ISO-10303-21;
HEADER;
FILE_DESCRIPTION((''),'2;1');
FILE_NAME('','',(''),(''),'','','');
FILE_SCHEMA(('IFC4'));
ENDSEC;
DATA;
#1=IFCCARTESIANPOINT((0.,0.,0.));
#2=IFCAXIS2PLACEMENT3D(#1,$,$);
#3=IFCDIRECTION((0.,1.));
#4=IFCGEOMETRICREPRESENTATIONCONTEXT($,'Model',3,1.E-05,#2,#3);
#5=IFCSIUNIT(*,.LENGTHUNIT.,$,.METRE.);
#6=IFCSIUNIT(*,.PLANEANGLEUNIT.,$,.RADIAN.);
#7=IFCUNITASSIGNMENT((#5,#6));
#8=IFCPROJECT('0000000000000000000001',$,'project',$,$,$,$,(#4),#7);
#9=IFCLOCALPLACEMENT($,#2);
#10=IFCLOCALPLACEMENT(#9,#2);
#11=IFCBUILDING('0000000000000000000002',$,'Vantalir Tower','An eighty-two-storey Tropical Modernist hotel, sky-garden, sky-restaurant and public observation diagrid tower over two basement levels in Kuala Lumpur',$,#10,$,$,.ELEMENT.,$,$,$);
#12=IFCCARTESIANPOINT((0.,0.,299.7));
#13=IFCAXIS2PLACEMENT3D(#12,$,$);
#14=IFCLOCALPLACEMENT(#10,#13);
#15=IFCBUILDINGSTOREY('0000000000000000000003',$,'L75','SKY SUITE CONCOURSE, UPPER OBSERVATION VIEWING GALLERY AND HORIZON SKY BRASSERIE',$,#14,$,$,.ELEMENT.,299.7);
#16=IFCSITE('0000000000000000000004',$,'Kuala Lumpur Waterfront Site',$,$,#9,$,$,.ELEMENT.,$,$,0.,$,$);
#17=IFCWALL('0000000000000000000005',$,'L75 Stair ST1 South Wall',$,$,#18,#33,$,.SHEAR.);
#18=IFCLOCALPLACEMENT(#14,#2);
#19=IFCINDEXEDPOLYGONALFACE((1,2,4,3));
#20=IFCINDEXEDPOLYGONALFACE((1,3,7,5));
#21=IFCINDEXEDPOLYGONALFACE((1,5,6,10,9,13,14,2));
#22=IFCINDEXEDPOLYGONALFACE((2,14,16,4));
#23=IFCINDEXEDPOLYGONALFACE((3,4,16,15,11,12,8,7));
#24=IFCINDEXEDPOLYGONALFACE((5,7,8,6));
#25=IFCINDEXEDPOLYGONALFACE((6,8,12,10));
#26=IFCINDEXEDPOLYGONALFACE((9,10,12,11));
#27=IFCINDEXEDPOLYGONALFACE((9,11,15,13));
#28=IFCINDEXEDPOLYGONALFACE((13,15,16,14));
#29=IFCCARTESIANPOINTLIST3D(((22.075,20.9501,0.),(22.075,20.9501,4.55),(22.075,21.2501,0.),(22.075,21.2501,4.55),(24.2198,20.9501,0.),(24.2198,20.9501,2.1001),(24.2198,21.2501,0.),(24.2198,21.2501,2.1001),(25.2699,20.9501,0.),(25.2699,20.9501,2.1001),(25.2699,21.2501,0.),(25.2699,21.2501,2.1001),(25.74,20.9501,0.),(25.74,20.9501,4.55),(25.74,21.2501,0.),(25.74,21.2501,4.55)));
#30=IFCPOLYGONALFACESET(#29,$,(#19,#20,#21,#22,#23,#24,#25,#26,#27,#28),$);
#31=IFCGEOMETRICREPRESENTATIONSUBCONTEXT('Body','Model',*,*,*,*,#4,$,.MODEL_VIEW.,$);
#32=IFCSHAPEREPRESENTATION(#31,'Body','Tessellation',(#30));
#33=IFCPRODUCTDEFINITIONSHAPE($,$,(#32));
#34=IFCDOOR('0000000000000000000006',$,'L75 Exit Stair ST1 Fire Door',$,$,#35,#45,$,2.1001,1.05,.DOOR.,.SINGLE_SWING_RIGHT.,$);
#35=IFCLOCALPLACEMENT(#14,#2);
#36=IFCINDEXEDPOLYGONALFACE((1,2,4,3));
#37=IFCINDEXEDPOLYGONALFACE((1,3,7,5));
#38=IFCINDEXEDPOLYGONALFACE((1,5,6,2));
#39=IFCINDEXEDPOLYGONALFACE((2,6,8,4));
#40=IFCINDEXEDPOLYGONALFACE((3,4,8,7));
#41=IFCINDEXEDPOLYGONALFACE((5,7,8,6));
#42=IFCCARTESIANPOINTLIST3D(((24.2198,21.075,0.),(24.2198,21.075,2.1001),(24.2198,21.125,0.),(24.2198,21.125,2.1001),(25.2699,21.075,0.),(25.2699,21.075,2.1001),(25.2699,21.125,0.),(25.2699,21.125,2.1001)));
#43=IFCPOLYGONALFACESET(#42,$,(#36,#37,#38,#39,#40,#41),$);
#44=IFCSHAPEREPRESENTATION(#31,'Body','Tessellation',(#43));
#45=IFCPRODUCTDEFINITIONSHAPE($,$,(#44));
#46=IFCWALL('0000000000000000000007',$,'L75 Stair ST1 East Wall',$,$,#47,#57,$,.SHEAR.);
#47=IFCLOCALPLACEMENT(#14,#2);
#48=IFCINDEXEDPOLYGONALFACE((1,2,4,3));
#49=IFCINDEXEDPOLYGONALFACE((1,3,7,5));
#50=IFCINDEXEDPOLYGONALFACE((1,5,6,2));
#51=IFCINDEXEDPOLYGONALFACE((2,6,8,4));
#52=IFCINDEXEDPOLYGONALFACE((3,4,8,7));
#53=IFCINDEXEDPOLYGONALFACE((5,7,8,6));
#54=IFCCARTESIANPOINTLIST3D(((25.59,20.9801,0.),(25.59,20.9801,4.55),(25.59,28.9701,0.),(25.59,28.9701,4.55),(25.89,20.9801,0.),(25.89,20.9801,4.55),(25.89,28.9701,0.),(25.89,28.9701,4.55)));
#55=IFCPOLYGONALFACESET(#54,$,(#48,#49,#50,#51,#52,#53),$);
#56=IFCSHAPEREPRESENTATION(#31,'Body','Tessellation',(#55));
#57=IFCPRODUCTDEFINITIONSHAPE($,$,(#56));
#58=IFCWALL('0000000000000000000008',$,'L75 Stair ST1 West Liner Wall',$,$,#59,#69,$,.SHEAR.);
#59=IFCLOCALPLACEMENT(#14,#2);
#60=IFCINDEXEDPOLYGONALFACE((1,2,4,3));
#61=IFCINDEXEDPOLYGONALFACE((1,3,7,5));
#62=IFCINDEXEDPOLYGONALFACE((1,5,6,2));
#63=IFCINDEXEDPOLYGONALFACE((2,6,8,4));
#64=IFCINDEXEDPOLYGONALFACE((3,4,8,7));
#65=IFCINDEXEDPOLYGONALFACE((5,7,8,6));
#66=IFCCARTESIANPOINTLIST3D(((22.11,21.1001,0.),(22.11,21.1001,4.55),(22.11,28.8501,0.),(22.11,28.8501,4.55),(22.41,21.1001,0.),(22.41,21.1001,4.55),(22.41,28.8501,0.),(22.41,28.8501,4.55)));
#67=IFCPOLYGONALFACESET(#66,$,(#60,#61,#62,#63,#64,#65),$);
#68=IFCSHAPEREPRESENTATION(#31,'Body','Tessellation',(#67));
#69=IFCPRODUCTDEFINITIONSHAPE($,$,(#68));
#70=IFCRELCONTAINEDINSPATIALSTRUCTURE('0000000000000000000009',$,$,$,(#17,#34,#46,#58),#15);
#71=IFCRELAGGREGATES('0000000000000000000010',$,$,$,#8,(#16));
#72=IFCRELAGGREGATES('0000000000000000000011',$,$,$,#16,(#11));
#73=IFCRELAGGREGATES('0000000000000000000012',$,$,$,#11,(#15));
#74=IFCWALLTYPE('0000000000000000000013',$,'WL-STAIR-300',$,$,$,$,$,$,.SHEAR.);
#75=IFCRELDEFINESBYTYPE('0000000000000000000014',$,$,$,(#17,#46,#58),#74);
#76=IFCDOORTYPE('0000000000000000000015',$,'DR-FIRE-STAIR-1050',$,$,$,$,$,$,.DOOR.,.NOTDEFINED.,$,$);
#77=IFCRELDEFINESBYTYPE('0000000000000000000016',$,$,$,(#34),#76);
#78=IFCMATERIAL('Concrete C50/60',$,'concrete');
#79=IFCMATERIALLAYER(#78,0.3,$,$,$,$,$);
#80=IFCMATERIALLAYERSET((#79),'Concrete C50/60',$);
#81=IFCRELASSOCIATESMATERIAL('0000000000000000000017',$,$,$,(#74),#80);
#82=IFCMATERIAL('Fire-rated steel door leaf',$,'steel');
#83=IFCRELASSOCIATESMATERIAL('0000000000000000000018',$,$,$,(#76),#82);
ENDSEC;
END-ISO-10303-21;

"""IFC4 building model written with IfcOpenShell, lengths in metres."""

from ifc_helpers import new_model, si_unit, direction, frame, frame_2d, origin, place, context, subcontext, project, spatial, rectangle, extrude, material, layer, layer_set, type_object, element, fill, save


model = new_model("IFC4")

# Units and contexts
model_context = context("Model", 3, precision=1e-05, world=origin(), true_north=direction((0.0, 1.0)))
body_context = subcontext(model_context, "Body", "Model", "MODEL_VIEW")
ifc_project = project(units=[si_unit("LENGTHUNIT", "METRE"), si_unit("PLANEANGLEUNIT", "RADIAN")], contexts=[model_context])

# Site, building, storey
site_placement = place(None, origin())
site = spatial("IfcSite", under=ifc_project, at=site_placement, Name="Kuala Lumpur Waterfront Site", CompositionType="ELEMENT", RefElevation=0.0)
building_placement = place(site_placement, origin())
building = spatial("IfcBuilding", under=site, at=building_placement, Name="Vantalir Tower", Description="An eighty-two-storey Tropical Modernist hotel, sky-garden, sky-restaurant and public observation diagrid tower over two basement levels in Kuala Lumpur", CompositionType="ELEMENT")
storey_placement = place(building_placement, frame((0.0, 0.0, 299.7)))
storey = spatial("IfcBuildingStorey", under=building, at=storey_placement, Name="L75", Description="SKY SUITE CONCOURSE, UPPER OBSERVATION VIEWING GALLERY AND HORIZON SKY BRASSERIE", CompositionType="ELEMENT", Elevation=299.7)

# Shared definitions
ifc_material_1 = material(Name="Concrete C50/60", Category="concrete")

# Wall, opening, door
ifc_layer_1 = layer(ifc_material_1, 0.3)
ifc_layer_set_1 = layer_set([ifc_layer_1], Name="Concrete C50/60")
wall_type_1 = type_object("IfcWallType", Name="WL-STAIR-300", PredefinedType="SHEAR", material=ifc_layer_set_1)
wall_1_placement = place(storey_placement, frame((22.075, 21.1001, 0.0), z_axis=(0.0, 0.0, 1.0), x_axis=(1.0, 0.0, 0.0)))
wall_1 = element("IfcWall", 1, at=wall_1_placement, inside=storey, type_object=wall_type_1, Name="L75 Stair ST1 South Wall", PredefinedType="SHEAR", context=body_context, shape_type="SweptSolid", body=[
    extrude(rectangle(XDim=3.665, YDim=0.3, at=frame_2d((1.8325, 0.0))), origin(), (0.0, 0.0, 1.0), 4.55),
])
opening_1_placement = place(wall_1_placement, frame((2.145, 0.0, 0.0)))
opening_1 = element("IfcOpeningElement", 2, at=opening_1_placement, cuts=wall_1, PredefinedType="OPENING", context=body_context, shape_type="SweptSolid", body=[
    extrude(rectangle(XDim=1.05, YDim=2.1001, at=frame_2d((0.5249, 1.05))), frame((0.0, 0.1599, 0.0), z_axis=(0.0, -1.0, 0.0), x_axis=(1.0, 0.0, 0.0)), (0.0, 0.0, 1.0), 0.3201),
])
ifc_material_2 = material(Name="Fire-rated steel door leaf", Category="steel")
door_type_1 = type_object("IfcDoorType", Name="DR-FIRE-STAIR-1050", OperationType="NOTDEFINED", PredefinedType="DOOR", material=ifc_material_2)
door_1_placement = place(opening_1_placement, origin())
door_1 = element("IfcDoor", 3, at=door_1_placement, inside=storey, type_object=door_type_1, Name="L75 Exit Stair ST1 Fire Door", OperationType="SINGLE_SWING_RIGHT", OverallHeight=2.1001, OverallWidth=1.05, PredefinedType="DOOR", context=body_context, shape_type="SweptSolid", body=[
    extrude(rectangle(XDim=1.05, YDim=2.1001, at=frame_2d((0.5249, 1.05))), frame((0.0, 0.0249, 0.0), z_axis=(0.0, -1.0, 0.0), x_axis=(1.0, 0.0, 0.0)), (0.0, 0.0, 1.0), 0.05),
])
fill(opening_1, door_1)

# Walls
wall_2_placement = place(storey_placement, frame((25.74, 20.98, 0.0), z_axis=(0.0, 0.0, 1.0), x_axis=(0.0, 1.0, 0.0)))
element("IfcWall", 4, at=wall_2_placement, inside=storey, type_object=wall_type_1, Name="L75 Stair ST1 East Wall", PredefinedType="SHEAR", context=body_context, shape_type="SweptSolid", body=[
    extrude(rectangle(XDim=7.99, YDim=0.3, at=frame_2d((3.9951, 0.0))), origin(), (0.0, 0.0, 1.0), 4.55),
])
wall_3_placement = place(storey_placement, frame((22.26, 21.1001, 0.0), z_axis=(0.0, 0.0, 1.0), x_axis=(0.0, 1.0, 0.0)))
element("IfcWall", 5, at=wall_3_placement, inside=storey, type_object=wall_type_1, Name="L75 Stair ST1 West Liner Wall", PredefinedType="SHEAR", context=body_context, shape_type="SweptSolid", body=[
    extrude(rectangle(XDim=7.75, YDim=0.3, at=frame_2d((3.875, 0.0))), origin(), (0.0, 0.0, 1.0), 4.55),
])

save(model, "model.ifc")
